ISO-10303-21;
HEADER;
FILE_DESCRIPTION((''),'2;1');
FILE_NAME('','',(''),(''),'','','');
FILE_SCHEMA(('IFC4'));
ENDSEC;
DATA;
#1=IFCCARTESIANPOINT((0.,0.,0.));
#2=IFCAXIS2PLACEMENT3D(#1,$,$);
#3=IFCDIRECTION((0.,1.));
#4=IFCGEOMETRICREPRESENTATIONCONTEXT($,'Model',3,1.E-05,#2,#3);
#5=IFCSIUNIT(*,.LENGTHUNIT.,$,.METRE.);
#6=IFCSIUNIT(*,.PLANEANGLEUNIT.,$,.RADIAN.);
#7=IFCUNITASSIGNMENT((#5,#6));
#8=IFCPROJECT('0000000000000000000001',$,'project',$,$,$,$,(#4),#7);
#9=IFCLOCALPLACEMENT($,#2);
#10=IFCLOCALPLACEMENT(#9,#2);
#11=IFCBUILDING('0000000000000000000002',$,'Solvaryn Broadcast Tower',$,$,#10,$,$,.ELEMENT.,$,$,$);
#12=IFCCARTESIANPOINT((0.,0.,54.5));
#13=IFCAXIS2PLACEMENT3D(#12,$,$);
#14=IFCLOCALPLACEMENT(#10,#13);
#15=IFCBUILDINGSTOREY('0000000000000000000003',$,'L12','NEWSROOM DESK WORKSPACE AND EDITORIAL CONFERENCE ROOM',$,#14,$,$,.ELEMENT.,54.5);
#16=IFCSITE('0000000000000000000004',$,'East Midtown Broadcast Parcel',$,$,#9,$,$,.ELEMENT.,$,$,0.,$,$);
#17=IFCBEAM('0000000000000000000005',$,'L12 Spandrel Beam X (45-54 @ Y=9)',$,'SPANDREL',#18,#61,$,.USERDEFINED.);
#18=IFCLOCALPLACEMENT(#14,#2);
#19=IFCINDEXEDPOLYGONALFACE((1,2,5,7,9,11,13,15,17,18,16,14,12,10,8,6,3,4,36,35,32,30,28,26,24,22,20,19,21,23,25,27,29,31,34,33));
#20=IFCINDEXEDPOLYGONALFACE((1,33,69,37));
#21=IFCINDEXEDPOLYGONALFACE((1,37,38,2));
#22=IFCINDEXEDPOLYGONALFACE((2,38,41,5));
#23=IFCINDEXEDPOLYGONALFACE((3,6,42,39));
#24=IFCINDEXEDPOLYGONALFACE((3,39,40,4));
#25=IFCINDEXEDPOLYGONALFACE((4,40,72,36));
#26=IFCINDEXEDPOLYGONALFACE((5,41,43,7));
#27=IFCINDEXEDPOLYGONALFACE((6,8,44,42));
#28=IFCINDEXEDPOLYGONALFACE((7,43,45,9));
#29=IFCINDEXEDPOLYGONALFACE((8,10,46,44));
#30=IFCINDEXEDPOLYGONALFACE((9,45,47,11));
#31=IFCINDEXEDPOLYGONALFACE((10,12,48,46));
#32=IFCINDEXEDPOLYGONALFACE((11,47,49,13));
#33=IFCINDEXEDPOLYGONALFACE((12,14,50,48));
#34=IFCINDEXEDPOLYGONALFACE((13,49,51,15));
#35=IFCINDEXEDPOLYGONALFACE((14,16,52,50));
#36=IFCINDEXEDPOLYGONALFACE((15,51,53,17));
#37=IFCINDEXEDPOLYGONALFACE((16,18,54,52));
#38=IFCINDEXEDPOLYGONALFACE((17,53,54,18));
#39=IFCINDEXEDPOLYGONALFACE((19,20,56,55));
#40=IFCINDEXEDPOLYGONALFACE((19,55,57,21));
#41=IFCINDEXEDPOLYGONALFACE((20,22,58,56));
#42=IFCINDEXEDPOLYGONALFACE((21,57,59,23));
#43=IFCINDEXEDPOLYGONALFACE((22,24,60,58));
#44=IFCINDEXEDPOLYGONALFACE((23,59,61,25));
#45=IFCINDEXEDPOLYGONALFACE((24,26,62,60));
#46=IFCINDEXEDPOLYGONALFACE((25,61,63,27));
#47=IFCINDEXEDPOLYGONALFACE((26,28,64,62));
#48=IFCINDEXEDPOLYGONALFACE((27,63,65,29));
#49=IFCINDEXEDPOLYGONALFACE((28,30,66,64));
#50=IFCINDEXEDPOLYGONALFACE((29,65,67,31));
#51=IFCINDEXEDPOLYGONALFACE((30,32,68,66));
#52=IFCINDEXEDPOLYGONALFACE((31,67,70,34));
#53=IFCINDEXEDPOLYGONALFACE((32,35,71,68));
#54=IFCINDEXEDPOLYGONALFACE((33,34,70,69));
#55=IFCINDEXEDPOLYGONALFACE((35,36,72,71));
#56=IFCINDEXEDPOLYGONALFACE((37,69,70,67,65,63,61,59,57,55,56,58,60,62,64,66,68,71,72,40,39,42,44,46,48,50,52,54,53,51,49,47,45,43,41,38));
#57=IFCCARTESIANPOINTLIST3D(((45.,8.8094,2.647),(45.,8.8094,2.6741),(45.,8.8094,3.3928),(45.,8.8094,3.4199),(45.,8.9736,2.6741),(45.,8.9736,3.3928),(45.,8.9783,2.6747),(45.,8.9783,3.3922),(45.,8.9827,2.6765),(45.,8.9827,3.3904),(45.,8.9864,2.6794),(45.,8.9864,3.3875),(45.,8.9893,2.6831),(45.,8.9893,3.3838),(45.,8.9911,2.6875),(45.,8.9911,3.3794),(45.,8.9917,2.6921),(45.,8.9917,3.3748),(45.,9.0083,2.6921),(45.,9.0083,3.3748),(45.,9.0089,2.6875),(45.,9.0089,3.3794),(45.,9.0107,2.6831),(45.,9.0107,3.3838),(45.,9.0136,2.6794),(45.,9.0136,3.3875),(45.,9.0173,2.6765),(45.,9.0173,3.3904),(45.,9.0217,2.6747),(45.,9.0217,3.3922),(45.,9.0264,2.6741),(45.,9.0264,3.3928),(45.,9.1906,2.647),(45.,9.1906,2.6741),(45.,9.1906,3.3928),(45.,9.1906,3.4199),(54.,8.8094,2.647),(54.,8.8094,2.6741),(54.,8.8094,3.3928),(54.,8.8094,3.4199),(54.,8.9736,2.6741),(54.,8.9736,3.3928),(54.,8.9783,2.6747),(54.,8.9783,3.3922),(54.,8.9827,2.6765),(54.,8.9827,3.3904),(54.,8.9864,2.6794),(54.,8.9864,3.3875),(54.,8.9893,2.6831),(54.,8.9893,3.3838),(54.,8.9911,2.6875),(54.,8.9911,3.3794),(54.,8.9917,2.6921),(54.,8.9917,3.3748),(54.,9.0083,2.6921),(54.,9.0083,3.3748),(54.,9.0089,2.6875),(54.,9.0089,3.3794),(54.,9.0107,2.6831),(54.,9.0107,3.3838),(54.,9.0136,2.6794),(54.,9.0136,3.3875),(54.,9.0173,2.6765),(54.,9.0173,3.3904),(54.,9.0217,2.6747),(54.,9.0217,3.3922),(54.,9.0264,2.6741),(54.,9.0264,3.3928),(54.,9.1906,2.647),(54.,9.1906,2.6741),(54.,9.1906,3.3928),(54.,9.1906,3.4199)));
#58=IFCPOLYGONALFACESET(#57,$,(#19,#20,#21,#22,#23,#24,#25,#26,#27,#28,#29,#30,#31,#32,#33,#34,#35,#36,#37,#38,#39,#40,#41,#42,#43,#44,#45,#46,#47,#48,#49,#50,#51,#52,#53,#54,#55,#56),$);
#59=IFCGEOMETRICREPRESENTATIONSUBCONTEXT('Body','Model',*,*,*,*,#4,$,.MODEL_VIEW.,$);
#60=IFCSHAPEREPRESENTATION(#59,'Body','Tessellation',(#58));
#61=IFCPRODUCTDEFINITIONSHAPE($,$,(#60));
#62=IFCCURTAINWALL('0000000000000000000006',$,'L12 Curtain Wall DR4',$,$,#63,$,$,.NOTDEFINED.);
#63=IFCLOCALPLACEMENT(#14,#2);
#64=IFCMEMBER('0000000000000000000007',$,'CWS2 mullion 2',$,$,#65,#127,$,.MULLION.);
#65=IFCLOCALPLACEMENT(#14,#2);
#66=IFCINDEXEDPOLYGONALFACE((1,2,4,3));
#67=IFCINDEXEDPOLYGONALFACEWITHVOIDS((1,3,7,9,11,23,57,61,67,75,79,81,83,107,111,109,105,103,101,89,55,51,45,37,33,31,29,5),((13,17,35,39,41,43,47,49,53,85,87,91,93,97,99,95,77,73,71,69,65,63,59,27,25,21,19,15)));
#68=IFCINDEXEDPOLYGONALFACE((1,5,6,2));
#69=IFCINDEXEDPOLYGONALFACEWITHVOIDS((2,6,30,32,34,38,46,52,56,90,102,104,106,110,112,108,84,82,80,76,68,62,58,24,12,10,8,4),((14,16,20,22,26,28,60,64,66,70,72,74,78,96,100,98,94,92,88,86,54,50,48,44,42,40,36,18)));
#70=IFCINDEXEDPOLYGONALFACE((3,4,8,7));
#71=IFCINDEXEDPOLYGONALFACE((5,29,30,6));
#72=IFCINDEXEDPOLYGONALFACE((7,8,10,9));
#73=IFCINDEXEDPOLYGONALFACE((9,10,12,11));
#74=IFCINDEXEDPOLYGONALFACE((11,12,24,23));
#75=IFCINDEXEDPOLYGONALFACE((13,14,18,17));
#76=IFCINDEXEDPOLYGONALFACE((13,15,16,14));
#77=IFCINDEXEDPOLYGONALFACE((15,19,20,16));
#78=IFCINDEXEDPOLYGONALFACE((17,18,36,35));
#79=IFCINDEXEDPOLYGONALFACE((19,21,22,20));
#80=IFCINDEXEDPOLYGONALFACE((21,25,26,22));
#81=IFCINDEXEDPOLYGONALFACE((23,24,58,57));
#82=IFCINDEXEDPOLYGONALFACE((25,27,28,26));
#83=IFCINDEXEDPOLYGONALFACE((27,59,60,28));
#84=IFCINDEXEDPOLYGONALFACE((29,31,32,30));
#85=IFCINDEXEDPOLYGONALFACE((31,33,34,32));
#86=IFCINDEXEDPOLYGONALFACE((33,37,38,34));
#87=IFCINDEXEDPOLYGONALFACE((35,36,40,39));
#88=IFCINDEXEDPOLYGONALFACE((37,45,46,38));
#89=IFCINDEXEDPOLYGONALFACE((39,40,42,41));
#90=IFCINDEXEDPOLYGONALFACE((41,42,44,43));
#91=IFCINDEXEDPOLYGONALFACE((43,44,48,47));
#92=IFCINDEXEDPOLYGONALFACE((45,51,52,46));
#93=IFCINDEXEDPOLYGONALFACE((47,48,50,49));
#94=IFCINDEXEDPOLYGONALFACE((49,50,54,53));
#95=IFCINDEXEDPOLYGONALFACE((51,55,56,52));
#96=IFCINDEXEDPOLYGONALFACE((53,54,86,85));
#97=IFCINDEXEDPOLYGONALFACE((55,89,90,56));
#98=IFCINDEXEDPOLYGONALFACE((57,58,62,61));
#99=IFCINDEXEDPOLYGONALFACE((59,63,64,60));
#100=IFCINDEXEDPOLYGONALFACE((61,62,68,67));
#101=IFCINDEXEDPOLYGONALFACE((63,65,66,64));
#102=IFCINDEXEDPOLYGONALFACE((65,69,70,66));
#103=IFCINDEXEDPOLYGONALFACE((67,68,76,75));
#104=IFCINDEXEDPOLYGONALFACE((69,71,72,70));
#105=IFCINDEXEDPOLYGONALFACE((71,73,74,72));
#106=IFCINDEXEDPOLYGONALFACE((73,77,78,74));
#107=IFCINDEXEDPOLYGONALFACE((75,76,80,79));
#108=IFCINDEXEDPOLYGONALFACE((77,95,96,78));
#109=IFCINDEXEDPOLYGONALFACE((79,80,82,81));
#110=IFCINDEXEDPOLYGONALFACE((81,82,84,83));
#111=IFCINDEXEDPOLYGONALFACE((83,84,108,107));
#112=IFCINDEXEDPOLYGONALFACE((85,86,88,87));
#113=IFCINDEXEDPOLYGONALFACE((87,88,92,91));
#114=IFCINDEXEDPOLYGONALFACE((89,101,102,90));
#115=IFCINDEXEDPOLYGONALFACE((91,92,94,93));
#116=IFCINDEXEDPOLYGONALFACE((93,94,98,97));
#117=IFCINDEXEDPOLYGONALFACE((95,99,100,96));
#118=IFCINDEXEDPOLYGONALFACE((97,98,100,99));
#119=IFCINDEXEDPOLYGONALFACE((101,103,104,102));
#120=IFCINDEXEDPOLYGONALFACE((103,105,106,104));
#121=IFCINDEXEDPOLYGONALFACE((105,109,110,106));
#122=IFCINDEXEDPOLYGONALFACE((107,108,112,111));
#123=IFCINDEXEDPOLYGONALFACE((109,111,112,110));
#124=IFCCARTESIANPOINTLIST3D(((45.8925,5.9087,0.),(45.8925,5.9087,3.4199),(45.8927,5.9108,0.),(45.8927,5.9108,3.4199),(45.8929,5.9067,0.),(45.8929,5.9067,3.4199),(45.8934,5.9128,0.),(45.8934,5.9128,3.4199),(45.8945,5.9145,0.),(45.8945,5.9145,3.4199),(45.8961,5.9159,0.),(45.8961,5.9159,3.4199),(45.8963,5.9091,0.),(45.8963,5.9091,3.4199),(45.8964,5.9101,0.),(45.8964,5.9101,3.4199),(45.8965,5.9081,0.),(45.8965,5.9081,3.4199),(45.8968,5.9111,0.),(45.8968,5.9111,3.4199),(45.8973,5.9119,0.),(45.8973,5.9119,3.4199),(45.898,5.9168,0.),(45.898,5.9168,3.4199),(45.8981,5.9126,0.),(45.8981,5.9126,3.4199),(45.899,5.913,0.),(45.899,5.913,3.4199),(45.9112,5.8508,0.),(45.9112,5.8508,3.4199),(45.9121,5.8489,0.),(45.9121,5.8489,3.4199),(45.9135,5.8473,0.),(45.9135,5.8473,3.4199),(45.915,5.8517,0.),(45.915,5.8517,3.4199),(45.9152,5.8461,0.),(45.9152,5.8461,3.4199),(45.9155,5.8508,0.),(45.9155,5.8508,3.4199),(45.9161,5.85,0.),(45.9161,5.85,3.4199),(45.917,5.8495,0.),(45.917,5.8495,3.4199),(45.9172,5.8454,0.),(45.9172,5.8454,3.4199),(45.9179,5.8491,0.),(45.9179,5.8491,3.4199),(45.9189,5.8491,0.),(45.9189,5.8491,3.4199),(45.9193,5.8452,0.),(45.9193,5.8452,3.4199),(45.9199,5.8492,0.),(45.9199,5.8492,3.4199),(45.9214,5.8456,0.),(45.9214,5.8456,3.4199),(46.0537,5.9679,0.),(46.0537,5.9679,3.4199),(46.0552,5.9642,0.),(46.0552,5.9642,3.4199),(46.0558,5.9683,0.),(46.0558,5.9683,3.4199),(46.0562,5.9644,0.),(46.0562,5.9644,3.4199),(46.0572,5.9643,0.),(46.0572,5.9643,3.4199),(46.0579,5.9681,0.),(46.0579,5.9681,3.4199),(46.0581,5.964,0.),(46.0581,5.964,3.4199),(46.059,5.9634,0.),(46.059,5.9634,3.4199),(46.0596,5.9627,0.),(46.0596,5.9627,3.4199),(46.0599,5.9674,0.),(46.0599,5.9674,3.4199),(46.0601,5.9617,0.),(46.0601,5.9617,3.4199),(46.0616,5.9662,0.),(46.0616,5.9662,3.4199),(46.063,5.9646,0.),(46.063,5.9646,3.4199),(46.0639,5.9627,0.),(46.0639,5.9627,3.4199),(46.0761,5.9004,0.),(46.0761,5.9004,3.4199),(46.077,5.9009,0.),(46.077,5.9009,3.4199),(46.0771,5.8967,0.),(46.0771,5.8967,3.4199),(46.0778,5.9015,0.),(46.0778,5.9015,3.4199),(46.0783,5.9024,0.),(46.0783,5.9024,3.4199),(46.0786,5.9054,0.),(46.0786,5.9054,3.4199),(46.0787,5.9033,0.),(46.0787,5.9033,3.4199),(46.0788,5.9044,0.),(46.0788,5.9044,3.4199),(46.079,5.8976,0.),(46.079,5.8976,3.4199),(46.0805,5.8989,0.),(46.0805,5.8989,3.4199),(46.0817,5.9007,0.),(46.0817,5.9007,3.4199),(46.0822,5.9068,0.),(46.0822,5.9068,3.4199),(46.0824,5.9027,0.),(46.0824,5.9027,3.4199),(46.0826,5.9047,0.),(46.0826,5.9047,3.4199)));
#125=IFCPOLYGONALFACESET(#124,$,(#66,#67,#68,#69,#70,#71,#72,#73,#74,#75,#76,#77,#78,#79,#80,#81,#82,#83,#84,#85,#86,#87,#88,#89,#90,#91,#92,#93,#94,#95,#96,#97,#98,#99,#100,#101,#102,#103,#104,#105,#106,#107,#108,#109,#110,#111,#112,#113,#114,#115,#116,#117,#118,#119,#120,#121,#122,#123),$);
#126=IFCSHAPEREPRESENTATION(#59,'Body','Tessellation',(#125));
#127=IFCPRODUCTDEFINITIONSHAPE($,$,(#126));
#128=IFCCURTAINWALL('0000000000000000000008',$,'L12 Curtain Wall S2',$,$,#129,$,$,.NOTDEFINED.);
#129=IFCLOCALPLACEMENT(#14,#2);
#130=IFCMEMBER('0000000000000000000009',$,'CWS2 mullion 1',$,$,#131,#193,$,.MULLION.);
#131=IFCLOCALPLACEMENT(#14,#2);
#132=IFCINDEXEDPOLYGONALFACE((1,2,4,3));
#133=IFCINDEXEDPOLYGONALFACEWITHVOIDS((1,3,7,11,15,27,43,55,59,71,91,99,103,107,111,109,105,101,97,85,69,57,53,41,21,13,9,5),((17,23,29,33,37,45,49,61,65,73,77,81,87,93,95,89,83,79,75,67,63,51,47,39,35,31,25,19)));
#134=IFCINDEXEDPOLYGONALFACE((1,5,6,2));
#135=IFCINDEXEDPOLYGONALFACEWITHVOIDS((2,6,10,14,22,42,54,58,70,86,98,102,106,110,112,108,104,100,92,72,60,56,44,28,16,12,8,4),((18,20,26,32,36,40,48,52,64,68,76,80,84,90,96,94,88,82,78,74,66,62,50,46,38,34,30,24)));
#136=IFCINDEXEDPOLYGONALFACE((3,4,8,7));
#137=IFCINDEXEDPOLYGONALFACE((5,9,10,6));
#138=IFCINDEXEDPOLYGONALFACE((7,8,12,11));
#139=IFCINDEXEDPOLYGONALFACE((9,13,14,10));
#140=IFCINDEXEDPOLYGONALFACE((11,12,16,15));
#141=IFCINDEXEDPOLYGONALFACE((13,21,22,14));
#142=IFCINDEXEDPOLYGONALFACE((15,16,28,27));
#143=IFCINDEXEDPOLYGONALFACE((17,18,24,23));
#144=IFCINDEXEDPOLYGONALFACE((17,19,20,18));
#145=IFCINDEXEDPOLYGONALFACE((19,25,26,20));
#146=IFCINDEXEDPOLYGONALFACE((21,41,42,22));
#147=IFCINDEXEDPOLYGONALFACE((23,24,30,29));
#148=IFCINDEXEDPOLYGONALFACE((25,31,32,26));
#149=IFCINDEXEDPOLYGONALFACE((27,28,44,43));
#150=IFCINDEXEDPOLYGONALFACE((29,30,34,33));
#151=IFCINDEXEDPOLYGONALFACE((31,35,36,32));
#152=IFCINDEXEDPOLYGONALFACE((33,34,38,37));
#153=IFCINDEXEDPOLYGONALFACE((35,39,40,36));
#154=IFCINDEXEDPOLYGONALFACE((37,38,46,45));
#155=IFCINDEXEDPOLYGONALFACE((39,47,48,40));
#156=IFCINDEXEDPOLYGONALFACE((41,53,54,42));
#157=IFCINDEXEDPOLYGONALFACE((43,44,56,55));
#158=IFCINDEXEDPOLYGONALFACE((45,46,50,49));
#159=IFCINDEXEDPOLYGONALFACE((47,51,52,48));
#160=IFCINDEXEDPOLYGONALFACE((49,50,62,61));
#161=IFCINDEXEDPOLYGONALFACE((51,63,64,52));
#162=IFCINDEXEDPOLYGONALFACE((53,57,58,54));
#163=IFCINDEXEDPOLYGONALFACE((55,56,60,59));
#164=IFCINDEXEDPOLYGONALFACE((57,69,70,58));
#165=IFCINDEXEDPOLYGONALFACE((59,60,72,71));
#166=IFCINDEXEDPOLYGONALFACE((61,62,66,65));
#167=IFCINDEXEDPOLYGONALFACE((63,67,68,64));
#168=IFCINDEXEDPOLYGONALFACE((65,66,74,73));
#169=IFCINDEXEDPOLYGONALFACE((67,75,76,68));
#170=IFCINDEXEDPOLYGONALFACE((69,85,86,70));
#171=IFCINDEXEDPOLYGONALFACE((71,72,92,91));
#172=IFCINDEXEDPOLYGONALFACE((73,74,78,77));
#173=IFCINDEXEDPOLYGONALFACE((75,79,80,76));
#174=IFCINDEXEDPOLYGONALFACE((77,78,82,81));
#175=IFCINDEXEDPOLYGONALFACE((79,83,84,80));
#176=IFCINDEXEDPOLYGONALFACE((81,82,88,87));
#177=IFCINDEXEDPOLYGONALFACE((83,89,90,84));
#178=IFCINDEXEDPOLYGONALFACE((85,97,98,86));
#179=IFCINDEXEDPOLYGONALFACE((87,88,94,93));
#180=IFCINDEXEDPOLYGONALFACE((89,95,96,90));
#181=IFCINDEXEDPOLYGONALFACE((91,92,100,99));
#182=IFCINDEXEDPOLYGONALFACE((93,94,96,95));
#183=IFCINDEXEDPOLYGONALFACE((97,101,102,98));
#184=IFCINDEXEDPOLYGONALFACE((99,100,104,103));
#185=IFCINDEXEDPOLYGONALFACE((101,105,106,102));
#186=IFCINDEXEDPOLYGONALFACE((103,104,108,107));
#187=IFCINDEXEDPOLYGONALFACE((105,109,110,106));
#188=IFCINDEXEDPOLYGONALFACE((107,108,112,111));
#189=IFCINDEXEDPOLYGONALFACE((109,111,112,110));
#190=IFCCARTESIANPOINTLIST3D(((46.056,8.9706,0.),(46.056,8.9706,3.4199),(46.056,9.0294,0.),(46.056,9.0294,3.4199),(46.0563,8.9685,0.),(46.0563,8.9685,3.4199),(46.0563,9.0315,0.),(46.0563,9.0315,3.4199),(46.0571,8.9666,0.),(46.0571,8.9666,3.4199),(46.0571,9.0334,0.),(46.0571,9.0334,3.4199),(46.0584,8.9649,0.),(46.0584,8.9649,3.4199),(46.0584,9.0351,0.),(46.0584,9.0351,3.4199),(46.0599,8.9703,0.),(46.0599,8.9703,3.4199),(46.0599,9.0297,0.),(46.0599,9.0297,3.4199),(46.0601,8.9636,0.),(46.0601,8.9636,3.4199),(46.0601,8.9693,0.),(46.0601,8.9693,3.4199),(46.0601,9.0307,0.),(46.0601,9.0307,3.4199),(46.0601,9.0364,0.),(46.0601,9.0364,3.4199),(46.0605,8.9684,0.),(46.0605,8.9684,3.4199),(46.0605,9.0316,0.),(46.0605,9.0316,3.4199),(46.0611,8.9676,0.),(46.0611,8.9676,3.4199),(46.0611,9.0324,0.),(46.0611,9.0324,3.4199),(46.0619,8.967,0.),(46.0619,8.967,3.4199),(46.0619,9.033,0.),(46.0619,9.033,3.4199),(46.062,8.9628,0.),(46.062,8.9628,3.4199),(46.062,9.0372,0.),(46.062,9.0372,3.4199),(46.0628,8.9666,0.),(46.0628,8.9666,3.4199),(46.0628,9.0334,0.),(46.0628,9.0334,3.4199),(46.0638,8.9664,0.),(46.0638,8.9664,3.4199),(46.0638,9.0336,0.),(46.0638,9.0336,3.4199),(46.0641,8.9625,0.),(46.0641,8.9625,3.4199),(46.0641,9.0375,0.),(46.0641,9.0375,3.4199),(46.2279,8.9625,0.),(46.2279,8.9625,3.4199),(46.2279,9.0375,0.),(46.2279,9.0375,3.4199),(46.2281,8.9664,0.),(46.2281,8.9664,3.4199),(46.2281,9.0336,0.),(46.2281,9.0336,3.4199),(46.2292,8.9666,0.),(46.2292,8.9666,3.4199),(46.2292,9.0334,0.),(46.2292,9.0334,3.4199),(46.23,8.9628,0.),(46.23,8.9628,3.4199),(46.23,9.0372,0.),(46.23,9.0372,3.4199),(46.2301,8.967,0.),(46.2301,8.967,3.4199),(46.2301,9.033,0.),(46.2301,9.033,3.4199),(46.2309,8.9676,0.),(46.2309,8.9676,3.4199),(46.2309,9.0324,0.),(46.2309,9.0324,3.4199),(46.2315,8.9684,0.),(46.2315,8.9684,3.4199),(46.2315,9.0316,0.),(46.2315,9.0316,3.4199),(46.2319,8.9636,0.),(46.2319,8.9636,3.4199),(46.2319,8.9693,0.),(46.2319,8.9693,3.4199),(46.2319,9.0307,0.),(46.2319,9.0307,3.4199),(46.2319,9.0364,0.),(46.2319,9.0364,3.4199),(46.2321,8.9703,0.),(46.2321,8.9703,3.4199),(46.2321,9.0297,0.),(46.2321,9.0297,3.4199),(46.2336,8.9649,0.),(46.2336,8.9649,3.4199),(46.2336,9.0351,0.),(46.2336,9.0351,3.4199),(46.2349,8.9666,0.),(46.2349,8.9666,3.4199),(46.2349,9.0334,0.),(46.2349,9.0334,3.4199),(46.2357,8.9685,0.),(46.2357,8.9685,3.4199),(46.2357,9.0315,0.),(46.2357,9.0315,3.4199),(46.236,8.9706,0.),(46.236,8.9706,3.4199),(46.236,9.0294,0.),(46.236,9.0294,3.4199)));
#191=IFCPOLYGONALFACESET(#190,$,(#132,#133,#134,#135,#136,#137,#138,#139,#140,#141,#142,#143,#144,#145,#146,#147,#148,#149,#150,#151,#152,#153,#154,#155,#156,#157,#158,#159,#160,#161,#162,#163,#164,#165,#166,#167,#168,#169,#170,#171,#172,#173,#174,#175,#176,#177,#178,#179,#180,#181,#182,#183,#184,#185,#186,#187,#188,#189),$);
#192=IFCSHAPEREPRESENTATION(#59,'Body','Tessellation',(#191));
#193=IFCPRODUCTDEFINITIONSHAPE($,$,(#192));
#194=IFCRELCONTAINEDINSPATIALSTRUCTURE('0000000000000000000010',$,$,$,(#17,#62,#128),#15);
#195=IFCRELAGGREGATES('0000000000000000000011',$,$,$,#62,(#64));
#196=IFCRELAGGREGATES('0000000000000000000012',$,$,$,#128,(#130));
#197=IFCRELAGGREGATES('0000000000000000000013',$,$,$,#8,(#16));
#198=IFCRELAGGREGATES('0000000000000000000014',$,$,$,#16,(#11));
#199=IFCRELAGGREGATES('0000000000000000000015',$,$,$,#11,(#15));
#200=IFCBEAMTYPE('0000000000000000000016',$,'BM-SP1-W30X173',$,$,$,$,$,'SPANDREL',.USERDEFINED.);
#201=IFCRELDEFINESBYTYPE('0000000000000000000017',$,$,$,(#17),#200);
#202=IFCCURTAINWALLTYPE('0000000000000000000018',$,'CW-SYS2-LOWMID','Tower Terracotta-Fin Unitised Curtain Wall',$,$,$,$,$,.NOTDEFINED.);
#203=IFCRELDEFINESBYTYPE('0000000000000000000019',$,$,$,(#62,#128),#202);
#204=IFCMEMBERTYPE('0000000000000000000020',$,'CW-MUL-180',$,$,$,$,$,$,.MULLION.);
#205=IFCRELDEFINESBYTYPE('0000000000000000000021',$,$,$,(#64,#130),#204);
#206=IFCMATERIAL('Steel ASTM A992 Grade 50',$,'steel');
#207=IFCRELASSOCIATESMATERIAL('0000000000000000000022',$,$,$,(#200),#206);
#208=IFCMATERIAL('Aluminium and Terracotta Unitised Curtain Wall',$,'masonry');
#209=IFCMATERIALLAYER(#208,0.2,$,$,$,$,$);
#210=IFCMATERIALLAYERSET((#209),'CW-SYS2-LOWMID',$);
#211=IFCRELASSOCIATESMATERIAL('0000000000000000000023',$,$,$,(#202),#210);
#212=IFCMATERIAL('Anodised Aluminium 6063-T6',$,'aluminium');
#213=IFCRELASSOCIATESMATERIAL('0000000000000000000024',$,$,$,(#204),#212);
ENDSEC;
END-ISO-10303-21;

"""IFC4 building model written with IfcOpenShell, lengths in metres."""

from ifc_helpers import new_model, si_unit, direction, frame, origin, origin_2d, place, context, subcontext, project, spatial, hollow_rectangle, i_section, extrude, material, layer, layer_set, material_profile, profile_set, type_object, element, aggregate, save


model = new_model("IFC4")

# Units and contexts
model_context = context("Model", 3, precision=1e-05, world=origin(), true_north=direction((0.0, 1.0)))
body_context = subcontext(model_context, "Body", "Model", "MODEL_VIEW")
ifc_project = project(units=[si_unit("LENGTHUNIT", "METRE"), si_unit("PLANEANGLEUNIT", "RADIAN")], contexts=[model_context])

# Site, building, storey
site_placement = place(None, origin())
site = spatial("IfcSite", under=ifc_project, at=site_placement, Name="East Midtown Broadcast Parcel", CompositionType="ELEMENT", RefElevation=0.0)
building_placement = place(site_placement, origin())
building = spatial("IfcBuilding", under=site, at=building_placement, Name="Solvaryn Broadcast Tower", CompositionType="ELEMENT")
storey_placement = place(building_placement, frame((0.0, 0.0, 54.5)))
storey = spatial("IfcBuildingStorey", under=building, at=storey_placement, Name="L12", Description="NEWSROOM DESK WORKSPACE AND EDITORIAL CONFERENCE ROOM", CompositionType="ELEMENT", Elevation=54.5)

# Beam
ifc_material_1 = material(Name="Steel ASTM A992 Grade 50", Category="steel")
ifc_material_profile_1 = material_profile(ifc_material_1, i_section(OverallWidth=0.3811, OverallDepth=0.7729, WebThickness=0.0166, FlangeThickness=0.0271, FilletRadius=0.0181, at=origin_2d()))
ifc_profile_set_1 = profile_set([ifc_material_profile_1], Name="Steel ASTM A992 Grade 50")
beam_type_1 = type_object("IfcBeamType", Name="BM-SP1-W30X173", ElementType="SPANDREL", PredefinedType="USERDEFINED", material=ifc_profile_set_1)
beam_1_placement = place(storey_placement, frame((45.0, 9.0, 3.0334), z_axis=(1.0, 0.0, 0.0), x_axis=(0.0, 1.0, 0.0)))
element("IfcBeam", 1, at=beam_1_placement, inside=storey, type_object=beam_type_1, Name="L12 Spandrel Beam X (45-54 @ Y=9)", ObjectType="SPANDREL", PredefinedType="USERDEFINED", context=body_context, shape_type="SweptSolid", body=[
    extrude(i_section(OverallWidth=0.3811, OverallDepth=0.7729, WebThickness=0.0166, FlangeThickness=0.0271, FilletRadius=0.0181, at=origin_2d()), origin(), (0.0, 0.0, 1.0), 9.0),
])

# Curtain wall, member
ifc_material_2 = material(Name="Aluminium and Terracotta Unitised Curtain Wall", Category="masonry")
ifc_layer_1 = layer(ifc_material_2, 0.2)
ifc_layer_set_1 = layer_set([ifc_layer_1], Name="CW-SYS2-LOWMID")
curtain_wall_type = type_object("IfcCurtainWallType", Name="CW-SYS2-LOWMID", Description="Tower Terracotta-Fin Unitised Curtain Wall", PredefinedType="NOTDEFINED", material=ifc_layer_set_1)
curtain_wall_1_placement = place(storey_placement, origin())
curtain_wall_1 = element("IfcCurtainWall", 2, at=curtain_wall_1_placement, inside=storey, type_object=curtain_wall_type, Name="L12 Curtain Wall DR4", PredefinedType="NOTDEFINED")
ifc_material_3 = material(Name="Anodised Aluminium 6063-T6", Category="aluminium")
ifc_material_profile_2 = material_profile(ifc_material_3, hollow_rectangle(XDim=0.075, YDim=0.1799, WallThickness=0.0039, InnerFilletRadius=0.0039, OuterFilletRadius=0.0081, at=origin_2d()))
ifc_profile_set_2 = profile_set([ifc_material_profile_2], Name="Anodised Aluminium 6063-T6")
member_type_1 = type_object("IfcMemberType", Name="CW-MUL-180", PredefinedType="MULLION", material=ifc_profile_set_2)
member_1_placement = place(storey_placement, frame((45.9875, 5.9067, 0.0), z_axis=(0.0, 0.0, 1.0), x_axis=(-0.311594, 0.950215, 0.0)))
member_1 = element("IfcMember", 3, at=member_1_placement, type_object=member_type_1, Name="CWS2 mullion 2", PredefinedType="MULLION", context=body_context, shape_type="SweptSolid", body=[
    extrude(hollow_rectangle(XDim=0.075, YDim=0.1799, WallThickness=0.0039, InnerFilletRadius=0.0039, OuterFilletRadius=0.0081, at=origin_2d()), origin(), (0.0, 0.0, 1.0), 3.4199),
])
aggregate(curtain_wall_1, [member_1])

# Curtain wall, member
curtain_wall_2_placement = place(storey_placement, origin())
curtain_wall_2 = element("IfcCurtainWall", 4, at=curtain_wall_2_placement, inside=storey, type_object=curtain_wall_type, Name="L12 Curtain Wall S2", PredefinedType="NOTDEFINED")
member_2_placement = place(storey_placement, frame((46.146, 9.0, 0.0), z_axis=(0.0, 0.0, 1.0), x_axis=(0.0, 1.0, 0.0)))
member_2 = element("IfcMember", 5, at=member_2_placement, type_object=member_type_1, Name="CWS2 mullion 1", PredefinedType="MULLION", context=body_context, shape_type="SweptSolid", body=[
    extrude(hollow_rectangle(XDim=0.075, YDim=0.1799, WallThickness=0.0039, InnerFilletRadius=0.0039, OuterFilletRadius=0.0081, at=origin_2d()), origin(), (0.0, 0.0, 1.0), 3.4199),
])
aggregate(curtain_wall_2, [member_2])

save(model, "model.ifc")
